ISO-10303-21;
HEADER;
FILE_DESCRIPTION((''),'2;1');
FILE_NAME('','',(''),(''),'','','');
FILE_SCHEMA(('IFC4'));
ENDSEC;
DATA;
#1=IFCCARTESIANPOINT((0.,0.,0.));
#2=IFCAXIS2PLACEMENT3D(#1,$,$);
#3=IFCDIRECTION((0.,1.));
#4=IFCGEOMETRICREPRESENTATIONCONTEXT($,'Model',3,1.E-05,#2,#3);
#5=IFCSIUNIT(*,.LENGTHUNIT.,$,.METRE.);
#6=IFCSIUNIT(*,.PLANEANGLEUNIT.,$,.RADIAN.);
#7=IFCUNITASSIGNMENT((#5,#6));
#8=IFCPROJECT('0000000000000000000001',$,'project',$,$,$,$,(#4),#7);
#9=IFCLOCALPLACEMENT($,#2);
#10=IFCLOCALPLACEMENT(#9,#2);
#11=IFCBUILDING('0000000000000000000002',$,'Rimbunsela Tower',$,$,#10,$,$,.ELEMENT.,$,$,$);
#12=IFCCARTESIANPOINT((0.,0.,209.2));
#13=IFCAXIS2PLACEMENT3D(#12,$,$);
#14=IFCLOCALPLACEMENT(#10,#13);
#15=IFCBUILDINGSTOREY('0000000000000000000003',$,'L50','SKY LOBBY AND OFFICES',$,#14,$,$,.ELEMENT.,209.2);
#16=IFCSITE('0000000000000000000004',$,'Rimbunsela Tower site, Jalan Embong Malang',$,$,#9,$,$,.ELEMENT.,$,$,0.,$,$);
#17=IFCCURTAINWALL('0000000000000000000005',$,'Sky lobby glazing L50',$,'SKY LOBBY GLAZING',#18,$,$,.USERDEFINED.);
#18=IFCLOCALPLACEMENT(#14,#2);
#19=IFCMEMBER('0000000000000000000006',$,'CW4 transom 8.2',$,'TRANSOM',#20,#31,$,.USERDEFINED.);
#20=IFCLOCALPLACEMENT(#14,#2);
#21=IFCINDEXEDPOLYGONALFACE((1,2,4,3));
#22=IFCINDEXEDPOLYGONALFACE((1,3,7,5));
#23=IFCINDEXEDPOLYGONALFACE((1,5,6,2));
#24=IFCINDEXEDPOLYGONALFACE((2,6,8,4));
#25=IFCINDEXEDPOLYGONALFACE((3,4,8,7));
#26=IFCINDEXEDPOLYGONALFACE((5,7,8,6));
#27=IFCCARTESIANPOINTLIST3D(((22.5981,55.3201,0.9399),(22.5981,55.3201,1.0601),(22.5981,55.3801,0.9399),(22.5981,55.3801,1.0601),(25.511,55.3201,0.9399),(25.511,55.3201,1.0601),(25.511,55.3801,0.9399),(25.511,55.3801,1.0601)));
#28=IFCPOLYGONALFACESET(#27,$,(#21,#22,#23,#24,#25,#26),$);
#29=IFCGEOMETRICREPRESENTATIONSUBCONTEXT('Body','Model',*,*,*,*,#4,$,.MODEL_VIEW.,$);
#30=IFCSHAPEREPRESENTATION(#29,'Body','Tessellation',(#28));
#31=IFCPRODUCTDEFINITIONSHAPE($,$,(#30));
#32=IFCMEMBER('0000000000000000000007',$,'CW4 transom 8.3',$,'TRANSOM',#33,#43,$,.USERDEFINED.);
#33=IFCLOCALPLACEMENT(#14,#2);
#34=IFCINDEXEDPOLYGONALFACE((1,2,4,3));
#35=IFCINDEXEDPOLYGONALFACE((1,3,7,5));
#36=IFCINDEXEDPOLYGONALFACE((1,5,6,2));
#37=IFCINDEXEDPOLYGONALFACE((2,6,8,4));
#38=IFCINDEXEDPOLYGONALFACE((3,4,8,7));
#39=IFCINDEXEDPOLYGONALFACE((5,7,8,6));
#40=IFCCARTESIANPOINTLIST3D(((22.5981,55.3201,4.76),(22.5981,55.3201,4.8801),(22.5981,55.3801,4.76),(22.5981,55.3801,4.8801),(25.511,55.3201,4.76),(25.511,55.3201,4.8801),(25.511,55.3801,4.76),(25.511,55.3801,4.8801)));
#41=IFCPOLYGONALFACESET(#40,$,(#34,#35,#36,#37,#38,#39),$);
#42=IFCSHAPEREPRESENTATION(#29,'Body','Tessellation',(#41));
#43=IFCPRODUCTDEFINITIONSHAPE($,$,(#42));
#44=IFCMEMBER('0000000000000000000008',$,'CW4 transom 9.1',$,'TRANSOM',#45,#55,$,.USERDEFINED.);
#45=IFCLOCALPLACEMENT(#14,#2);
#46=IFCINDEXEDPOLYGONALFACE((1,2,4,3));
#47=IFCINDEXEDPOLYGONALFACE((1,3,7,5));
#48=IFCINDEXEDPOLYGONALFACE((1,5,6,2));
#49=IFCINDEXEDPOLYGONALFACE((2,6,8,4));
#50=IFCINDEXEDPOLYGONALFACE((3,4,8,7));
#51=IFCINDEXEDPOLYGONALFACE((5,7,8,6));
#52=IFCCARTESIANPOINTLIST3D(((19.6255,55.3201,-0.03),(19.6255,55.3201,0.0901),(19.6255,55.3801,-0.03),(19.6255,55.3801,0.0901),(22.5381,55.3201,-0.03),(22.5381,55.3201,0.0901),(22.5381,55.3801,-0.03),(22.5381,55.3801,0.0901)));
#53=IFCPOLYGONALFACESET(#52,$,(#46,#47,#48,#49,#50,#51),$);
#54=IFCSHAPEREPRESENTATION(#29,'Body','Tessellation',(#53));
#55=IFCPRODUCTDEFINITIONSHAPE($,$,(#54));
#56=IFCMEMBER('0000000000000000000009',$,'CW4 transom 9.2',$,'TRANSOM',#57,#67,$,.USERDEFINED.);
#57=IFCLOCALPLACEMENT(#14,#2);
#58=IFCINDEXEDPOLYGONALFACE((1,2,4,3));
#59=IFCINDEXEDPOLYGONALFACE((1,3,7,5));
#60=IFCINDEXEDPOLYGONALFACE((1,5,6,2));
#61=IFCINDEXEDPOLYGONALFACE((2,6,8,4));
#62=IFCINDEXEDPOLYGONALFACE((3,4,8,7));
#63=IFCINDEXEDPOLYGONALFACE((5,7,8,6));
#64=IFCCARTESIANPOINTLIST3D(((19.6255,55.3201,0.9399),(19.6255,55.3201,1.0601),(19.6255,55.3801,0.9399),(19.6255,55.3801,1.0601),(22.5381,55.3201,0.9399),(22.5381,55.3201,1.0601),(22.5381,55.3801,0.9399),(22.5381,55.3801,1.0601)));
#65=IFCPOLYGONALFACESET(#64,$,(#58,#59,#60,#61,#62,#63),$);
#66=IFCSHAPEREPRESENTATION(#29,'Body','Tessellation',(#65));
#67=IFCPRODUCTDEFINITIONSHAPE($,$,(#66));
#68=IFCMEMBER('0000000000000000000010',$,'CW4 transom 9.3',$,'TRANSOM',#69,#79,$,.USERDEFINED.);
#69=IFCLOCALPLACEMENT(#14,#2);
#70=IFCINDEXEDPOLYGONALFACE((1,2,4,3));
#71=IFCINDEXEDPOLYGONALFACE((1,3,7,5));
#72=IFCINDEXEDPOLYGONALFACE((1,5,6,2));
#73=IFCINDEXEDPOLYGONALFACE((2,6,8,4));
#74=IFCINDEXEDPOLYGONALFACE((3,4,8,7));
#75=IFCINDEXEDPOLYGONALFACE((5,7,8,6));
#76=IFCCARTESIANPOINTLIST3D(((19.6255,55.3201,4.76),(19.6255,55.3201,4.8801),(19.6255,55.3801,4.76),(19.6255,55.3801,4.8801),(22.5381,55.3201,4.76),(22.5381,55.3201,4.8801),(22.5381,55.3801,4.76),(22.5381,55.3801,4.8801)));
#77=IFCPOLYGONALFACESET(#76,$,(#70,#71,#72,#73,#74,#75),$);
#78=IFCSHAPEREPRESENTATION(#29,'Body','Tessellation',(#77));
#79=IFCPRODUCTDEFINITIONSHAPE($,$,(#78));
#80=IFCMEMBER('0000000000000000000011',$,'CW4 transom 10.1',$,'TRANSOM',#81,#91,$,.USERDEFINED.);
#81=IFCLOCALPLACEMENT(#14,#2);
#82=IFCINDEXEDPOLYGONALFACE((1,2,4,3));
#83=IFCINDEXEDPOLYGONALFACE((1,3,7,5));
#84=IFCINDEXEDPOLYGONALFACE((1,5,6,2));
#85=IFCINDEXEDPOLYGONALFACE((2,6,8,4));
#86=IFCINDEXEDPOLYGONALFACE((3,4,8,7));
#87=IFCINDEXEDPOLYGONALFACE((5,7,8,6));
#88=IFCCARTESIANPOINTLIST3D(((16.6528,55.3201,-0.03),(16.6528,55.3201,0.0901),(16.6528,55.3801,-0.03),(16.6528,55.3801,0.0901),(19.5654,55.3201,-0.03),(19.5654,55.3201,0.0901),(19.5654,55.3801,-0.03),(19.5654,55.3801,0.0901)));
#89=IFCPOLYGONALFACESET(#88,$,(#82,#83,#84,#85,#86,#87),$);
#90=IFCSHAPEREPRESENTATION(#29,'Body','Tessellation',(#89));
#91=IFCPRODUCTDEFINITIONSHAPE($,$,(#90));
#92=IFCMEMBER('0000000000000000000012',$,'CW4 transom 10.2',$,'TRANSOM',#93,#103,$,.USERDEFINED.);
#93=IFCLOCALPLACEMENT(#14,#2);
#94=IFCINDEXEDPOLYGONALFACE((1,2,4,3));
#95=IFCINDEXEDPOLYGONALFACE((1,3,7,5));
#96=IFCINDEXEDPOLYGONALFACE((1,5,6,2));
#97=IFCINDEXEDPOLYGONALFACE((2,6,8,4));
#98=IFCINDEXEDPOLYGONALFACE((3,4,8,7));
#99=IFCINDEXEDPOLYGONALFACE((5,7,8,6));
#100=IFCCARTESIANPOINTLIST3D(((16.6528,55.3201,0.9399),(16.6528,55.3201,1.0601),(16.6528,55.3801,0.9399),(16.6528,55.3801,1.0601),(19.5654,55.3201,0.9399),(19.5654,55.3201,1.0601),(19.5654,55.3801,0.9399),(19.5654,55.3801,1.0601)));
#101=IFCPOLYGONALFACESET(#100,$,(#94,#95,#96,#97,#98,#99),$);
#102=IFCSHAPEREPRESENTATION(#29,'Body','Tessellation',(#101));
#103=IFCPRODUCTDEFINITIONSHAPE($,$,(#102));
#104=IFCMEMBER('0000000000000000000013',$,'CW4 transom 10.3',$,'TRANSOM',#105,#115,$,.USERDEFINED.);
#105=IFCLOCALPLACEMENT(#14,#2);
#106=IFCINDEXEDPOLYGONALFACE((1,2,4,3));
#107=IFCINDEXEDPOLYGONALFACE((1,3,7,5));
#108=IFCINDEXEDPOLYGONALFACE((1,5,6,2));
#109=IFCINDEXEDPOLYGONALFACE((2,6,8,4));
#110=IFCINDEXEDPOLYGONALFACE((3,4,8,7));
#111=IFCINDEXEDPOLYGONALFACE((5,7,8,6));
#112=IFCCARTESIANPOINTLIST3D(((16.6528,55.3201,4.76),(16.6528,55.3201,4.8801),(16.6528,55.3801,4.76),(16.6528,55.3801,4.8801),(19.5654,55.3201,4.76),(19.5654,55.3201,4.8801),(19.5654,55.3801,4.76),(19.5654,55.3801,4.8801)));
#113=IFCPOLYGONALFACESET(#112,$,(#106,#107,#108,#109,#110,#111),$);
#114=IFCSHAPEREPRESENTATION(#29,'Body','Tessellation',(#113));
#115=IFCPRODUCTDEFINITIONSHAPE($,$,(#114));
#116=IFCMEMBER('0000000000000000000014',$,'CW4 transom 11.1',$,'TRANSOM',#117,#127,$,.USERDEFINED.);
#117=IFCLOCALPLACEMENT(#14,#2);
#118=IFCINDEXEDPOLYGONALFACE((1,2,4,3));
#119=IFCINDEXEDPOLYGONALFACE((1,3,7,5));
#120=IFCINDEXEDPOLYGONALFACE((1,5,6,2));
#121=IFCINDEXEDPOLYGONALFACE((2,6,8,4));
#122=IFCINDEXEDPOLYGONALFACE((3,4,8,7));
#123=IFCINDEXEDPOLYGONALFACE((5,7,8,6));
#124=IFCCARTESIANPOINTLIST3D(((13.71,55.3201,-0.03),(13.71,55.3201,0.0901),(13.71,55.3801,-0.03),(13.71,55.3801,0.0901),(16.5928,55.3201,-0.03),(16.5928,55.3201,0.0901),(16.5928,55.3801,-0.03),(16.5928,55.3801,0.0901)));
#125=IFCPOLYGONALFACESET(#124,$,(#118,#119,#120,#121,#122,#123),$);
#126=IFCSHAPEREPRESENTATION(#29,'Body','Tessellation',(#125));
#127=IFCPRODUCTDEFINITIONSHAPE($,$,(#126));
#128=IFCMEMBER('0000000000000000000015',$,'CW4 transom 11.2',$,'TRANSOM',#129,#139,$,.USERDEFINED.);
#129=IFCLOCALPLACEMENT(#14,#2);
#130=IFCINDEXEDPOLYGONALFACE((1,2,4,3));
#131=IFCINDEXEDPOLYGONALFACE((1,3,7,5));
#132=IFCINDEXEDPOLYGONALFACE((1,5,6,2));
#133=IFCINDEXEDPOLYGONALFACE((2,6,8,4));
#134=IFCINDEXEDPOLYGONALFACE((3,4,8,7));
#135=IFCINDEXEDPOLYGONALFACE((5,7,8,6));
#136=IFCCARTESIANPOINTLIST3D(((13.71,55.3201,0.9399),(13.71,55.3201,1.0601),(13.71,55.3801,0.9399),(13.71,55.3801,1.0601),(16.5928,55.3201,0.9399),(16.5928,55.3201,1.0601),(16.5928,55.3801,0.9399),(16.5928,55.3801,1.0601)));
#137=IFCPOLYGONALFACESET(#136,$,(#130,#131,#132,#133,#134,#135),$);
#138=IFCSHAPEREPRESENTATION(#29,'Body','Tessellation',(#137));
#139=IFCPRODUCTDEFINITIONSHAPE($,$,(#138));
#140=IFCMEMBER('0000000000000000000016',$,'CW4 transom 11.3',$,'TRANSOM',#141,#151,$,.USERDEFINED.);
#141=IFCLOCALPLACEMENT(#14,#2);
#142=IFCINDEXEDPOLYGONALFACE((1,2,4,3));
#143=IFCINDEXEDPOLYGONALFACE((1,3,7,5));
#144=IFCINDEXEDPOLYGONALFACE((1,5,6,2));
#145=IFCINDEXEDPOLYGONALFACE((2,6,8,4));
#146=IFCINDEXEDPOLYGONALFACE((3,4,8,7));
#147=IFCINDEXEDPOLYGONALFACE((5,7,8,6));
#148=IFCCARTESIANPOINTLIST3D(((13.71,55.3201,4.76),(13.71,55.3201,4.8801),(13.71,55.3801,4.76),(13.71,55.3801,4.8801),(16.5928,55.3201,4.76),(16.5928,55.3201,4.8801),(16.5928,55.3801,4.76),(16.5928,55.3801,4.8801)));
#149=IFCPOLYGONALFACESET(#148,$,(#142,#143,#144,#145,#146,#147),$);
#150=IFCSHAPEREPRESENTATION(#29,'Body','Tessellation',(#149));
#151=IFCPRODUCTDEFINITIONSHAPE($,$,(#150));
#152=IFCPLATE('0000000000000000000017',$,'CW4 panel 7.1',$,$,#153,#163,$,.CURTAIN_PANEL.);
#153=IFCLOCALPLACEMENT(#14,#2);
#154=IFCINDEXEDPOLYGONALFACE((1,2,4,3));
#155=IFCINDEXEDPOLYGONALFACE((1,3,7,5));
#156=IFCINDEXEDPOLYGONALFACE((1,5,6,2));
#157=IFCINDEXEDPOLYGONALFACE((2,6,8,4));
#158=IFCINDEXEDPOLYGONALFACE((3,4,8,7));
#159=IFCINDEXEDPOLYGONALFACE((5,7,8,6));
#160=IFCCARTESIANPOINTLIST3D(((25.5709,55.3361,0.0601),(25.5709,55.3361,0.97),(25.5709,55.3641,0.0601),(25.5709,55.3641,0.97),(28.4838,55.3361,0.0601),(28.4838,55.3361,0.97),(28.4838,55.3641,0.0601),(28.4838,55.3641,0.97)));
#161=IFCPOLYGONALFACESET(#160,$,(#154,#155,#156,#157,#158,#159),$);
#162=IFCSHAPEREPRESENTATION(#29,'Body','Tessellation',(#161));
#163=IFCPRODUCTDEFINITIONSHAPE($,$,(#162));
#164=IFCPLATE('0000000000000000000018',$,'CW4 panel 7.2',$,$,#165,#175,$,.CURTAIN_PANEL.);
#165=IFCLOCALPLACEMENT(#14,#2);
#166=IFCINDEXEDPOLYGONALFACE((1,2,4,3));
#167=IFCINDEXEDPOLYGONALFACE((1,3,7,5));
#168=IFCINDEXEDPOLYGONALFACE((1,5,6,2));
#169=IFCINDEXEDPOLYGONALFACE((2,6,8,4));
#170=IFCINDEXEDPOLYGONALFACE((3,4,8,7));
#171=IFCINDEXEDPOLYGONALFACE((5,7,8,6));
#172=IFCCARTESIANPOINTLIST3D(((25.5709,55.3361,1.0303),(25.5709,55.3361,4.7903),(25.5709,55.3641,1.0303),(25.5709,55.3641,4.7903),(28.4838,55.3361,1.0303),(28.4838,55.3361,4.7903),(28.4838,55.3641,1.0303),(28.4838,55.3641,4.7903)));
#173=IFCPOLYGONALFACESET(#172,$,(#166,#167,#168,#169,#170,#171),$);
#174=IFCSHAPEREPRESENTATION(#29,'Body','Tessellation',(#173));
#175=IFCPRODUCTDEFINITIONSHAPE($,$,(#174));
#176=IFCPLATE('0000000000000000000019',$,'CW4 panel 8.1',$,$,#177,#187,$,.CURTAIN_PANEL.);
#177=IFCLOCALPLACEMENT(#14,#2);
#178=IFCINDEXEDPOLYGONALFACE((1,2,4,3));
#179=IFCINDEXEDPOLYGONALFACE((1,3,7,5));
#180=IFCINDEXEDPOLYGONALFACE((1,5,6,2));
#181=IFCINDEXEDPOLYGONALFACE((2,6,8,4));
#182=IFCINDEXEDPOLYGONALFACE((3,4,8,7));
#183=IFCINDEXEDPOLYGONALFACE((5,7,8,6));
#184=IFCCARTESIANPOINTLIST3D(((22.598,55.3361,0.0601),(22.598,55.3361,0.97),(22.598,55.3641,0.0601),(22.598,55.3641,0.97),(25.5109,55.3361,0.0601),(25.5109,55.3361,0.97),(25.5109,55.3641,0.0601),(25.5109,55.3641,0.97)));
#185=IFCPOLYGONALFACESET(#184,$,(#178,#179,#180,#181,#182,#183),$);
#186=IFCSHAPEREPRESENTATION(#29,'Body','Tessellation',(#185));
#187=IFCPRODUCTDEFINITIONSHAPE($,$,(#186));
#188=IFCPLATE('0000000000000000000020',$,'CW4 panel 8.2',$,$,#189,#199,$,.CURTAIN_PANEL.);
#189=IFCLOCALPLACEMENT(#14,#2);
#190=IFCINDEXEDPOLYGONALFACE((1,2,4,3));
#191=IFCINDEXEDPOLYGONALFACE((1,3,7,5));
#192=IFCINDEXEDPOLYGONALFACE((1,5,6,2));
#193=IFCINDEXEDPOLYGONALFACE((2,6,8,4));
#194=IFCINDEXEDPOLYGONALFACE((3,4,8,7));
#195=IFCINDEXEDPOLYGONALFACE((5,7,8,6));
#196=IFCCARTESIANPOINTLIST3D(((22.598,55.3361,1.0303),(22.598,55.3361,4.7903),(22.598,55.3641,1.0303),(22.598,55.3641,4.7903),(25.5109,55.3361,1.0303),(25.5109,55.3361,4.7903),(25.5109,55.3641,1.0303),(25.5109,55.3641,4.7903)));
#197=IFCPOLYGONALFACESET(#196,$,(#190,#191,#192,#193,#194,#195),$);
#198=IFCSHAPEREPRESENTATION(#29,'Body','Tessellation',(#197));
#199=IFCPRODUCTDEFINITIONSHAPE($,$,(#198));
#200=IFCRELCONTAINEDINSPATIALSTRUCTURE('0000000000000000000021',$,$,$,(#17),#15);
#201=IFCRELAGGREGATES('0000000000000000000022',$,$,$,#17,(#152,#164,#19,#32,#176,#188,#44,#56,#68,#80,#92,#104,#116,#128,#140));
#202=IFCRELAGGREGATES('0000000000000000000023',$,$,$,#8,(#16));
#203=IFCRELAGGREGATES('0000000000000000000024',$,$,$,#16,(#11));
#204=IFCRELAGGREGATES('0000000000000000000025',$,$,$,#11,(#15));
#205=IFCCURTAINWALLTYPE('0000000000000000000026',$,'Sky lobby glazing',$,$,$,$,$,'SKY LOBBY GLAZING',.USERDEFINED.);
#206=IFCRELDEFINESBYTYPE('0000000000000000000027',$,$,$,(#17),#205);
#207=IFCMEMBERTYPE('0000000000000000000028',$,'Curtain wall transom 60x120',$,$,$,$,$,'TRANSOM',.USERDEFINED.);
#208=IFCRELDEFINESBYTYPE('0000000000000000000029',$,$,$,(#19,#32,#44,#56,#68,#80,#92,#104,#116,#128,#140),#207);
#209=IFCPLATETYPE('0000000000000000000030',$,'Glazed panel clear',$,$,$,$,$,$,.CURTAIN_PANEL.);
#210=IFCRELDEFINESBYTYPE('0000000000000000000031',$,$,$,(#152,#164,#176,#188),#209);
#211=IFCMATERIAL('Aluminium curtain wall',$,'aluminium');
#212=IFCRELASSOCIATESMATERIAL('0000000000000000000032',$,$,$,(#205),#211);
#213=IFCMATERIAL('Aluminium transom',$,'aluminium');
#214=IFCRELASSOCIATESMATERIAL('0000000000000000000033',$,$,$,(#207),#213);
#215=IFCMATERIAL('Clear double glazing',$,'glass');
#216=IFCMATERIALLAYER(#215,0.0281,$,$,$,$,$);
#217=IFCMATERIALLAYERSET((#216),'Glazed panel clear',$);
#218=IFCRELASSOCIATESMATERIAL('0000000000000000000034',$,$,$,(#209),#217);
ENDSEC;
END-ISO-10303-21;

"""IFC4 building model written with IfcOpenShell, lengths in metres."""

from ifc_helpers import new_model, si_unit, direction, frame, origin, origin_2d, place, context, subcontext, project, spatial, rectangle, extrude, material, layer, layer_set, material_profile, profile_set, type_object, element, aggregate, save


model = new_model("IFC4")

# Units and contexts
model_context = context("Model", 3, precision=1e-05, world=origin(), true_north=direction((0.0, 1.0)))
body_context = subcontext(model_context, "Body", "Model", "MODEL_VIEW")
ifc_project = project(units=[si_unit("LENGTHUNIT", "METRE"), si_unit("PLANEANGLEUNIT", "RADIAN")], contexts=[model_context])

# Site, building, storey
site_placement = place(None, origin())
site = spatial("IfcSite", under=ifc_project, at=site_placement, Name="Rimbunsela Tower site, Jalan Embong Malang", CompositionType="ELEMENT", RefElevation=0.0)
building_placement = place(site_placement, origin())
building = spatial("IfcBuilding", under=site, at=building_placement, Name="Rimbunsela Tower", CompositionType="ELEMENT")
storey_placement = place(building_placement, frame((0.0, 0.0, 209.2)))
storey = spatial("IfcBuildingStorey", under=building, at=storey_placement, Name="L50", Description="SKY LOBBY AND OFFICES", CompositionType="ELEMENT", Elevation=209.2)

# Curtain wall, members, plates
ifc_material_1 = material(Name="Aluminium curtain wall", Category="aluminium")
curtain_wall_type = type_object("IfcCurtainWallType", Name="Sky lobby glazing", ElementType="SKY LOBBY GLAZING", PredefinedType="USERDEFINED", material=ifc_material_1)
curtain_wall_placement = place(storey_placement, origin())
curtain_wall = element("IfcCurtainWall", 1, at=curtain_wall_placement, inside=storey, type_object=curtain_wall_type, Name="Sky lobby glazing L50", ObjectType="SKY LOBBY GLAZING", PredefinedType="USERDEFINED")
ifc_material_2 = material(Name="Aluminium transom", Category="aluminium")
ifc_material_profile_1 = material_profile(ifc_material_2, rectangle(XDim=0.0601, YDim=0.1201, at=origin_2d()), Name="Transom 60x120")
ifc_profile_set_1 = profile_set([ifc_material_profile_1], Name="Aluminium transom")
member_type_1 = type_object("IfcMemberType", Name="Curtain wall transom 60x120", ElementType="TRANSOM", PredefinedType="USERDEFINED", material=ifc_profile_set_1)
member_1_placement = place(storey_placement, frame((25.511, 55.3501, 1.0), z_axis=(-1.0, 0.0, 0.0), x_axis=(0.0, -1.0, 0.0)))
member_1 = element("IfcMember", 2, at=member_1_placement, type_object=member_type_1, Name="CW4 transom 8.2", ObjectType="TRANSOM", PredefinedType="USERDEFINED", context=body_context, shape_type="SweptSolid", body=[
    extrude(rectangle(XDim=0.0601, YDim=0.1201, at=origin_2d()), origin(), (0.0, 0.0, 1.0), 2.9128),
])
member_2_placement = place(storey_placement, frame((25.511, 55.3501, 4.8201), z_axis=(-1.0, 0.0, 0.0), x_axis=(0.0, -1.0, 0.0)))
member_2 = element("IfcMember", 3, at=member_2_placement, type_object=member_type_1, Name="CW4 transom 8.3", ObjectType="TRANSOM", PredefinedType="USERDEFINED", context=body_context, shape_type="SweptSolid", body=[
    extrude(rectangle(XDim=0.0601, YDim=0.1201, at=origin_2d()), origin(), (0.0, 0.0, 1.0), 2.9128),
])
member_3_placement = place(storey_placement, frame((22.5381, 55.3501, 0.03), z_axis=(-1.0, 0.0, 0.0), x_axis=(0.0, -1.0, 0.0)))
member_3 = element("IfcMember", 4, at=member_3_placement, type_object=member_type_1, Name="CW4 transom 9.1", ObjectType="TRANSOM", PredefinedType="USERDEFINED", context=body_context, shape_type="SweptSolid", body=[
    extrude(rectangle(XDim=0.0601, YDim=0.1201, at=origin_2d()), origin(), (0.0, 0.0, 1.0), 2.9126),
])
member_4_placement = place(storey_placement, frame((22.5381, 55.3501, 1.0), z_axis=(-1.0, 0.0, 0.0), x_axis=(0.0, -1.0, 0.0)))
member_4 = element("IfcMember", 5, at=member_4_placement, type_object=member_type_1, Name="CW4 transom 9.2", ObjectType="TRANSOM", PredefinedType="USERDEFINED", context=body_context, shape_type="SweptSolid", body=[
    extrude(rectangle(XDim=0.0601, YDim=0.1201, at=origin_2d()), origin(), (0.0, 0.0, 1.0), 2.9126),
])
member_5_placement = place(storey_placement, frame((22.5381, 55.3501, 4.8201), z_axis=(-1.0, 0.0, 0.0), x_axis=(0.0, -1.0, 0.0)))
member_5 = element("IfcMember", 6, at=member_5_placement, type_object=member_type_1, Name="CW4 transom 9.3", ObjectType="TRANSOM", PredefinedType="USERDEFINED", context=body_context, shape_type="SweptSolid", body=[
    extrude(rectangle(XDim=0.0601, YDim=0.1201, at=origin_2d()), origin(), (0.0, 0.0, 1.0), 2.9126),
])
member_6_placement = place(storey_placement, frame((19.5654, 55.3501, 0.03), z_axis=(-1.0, 0.0, 0.0), x_axis=(0.0, -1.0, 0.0)))
member_6 = element("IfcMember", 7, at=member_6_placement, type_object=member_type_1, Name="CW4 transom 10.1", ObjectType="TRANSOM", PredefinedType="USERDEFINED", context=body_context, shape_type="SweptSolid", body=[
    extrude(rectangle(XDim=0.0601, YDim=0.1201, at=origin_2d()), origin(), (0.0, 0.0, 1.0), 2.9126),
])
member_7_placement = place(storey_placement, frame((19.5654, 55.3501, 1.0), z_axis=(-1.0, 0.0, 0.0), x_axis=(0.0, -1.0, 0.0)))
member_7 = element("IfcMember", 8, at=member_7_placement, type_object=member_type_1, Name="CW4 transom 10.2", ObjectType="TRANSOM", PredefinedType="USERDEFINED", context=body_context, shape_type="SweptSolid", body=[
    extrude(rectangle(XDim=0.0601, YDim=0.1201, at=origin_2d()), origin(), (0.0, 0.0, 1.0), 2.9126),
])
member_8_placement = place(storey_placement, frame((19.5654, 55.3501, 4.8201), z_axis=(-1.0, 0.0, 0.0), x_axis=(0.0, -1.0, 0.0)))
member_8 = element("IfcMember", 9, at=member_8_placement, type_object=member_type_1, Name="CW4 transom 10.3", ObjectType="TRANSOM", PredefinedType="USERDEFINED", context=body_context, shape_type="SweptSolid", body=[
    extrude(rectangle(XDim=0.0601, YDim=0.1201, at=origin_2d()), origin(), (0.0, 0.0, 1.0), 2.9126),
])
member_9_placement = place(storey_placement, frame((16.5928, 55.3501, 0.03), z_axis=(-1.0, 0.0, 0.0), x_axis=(0.0, -1.0, 0.0)))
member_9 = element("IfcMember", 10, at=member_9_placement, type_object=member_type_1, Name="CW4 transom 11.1", ObjectType="TRANSOM", PredefinedType="USERDEFINED", context=body_context, shape_type="SweptSolid", body=[
    extrude(rectangle(XDim=0.0601, YDim=0.1201, at=origin_2d()), origin(), (0.0, 0.0, 1.0), 2.8828),
])
member_10_placement = place(storey_placement, frame((16.5928, 55.3501, 1.0), z_axis=(-1.0, 0.0, 0.0), x_axis=(0.0, -1.0, 0.0)))
member_10 = element("IfcMember", 11, at=member_10_placement, type_object=member_type_1, Name="CW4 transom 11.2", ObjectType="TRANSOM", PredefinedType="USERDEFINED", context=body_context, shape_type="SweptSolid", body=[
    extrude(rectangle(XDim=0.0601, YDim=0.1201, at=origin_2d()), origin(), (0.0, 0.0, 1.0), 2.8828),
])
member_11_placement = place(storey_placement, frame((16.5928, 55.3501, 4.8201), z_axis=(-1.0, 0.0, 0.0), x_axis=(0.0, -1.0, 0.0)))
member_11 = element("IfcMember", 12, at=member_11_placement, type_object=member_type_1, Name="CW4 transom 11.3", ObjectType="TRANSOM", PredefinedType="USERDEFINED", context=body_context, shape_type="SweptSolid", body=[
    extrude(rectangle(XDim=0.0601, YDim=0.1201, at=origin_2d()), origin(), (0.0, 0.0, 1.0), 2.8828),
])
ifc_material_3 = material(Name="Clear double glazing", Category="glass")
ifc_layer = layer(ifc_material_3, 0.0281)
ifc_layer_set = layer_set([ifc_layer], Name="Glazed panel clear")
plate_type = type_object("IfcPlateType", Name="Glazed panel clear", PredefinedType="CURTAIN_PANEL", material=ifc_layer_set)
plate_1_placement = place(storey_placement, frame((27.0273, 55.3501, 0.0601), z_axis=(0.0, 0.0, 1.0), x_axis=(-1.0, 0.0, 0.0)))
plate_1 = element("IfcPlate", 13, at=plate_1_placement, type_object=plate_type, Name="CW4 panel 7.1", PredefinedType="CURTAIN_PANEL", context=body_context, shape_type="SweptSolid", body=[
    extrude(rectangle(XDim=2.9128, YDim=0.0281, at=origin_2d()), origin(), (0.0, 0.0, 1.0), 0.9099),
])
plate_2_placement = place(storey_placement, frame((27.0273, 55.3501, 1.0303), z_axis=(0.0, 0.0, 1.0), x_axis=(-1.0, 0.0, 0.0)))
plate_2 = element("IfcPlate", 14, at=plate_2_placement, type_object=plate_type, Name="CW4 panel 7.2", PredefinedType="CURTAIN_PANEL", context=body_context, shape_type="SweptSolid", body=[
    extrude(rectangle(XDim=2.9128, YDim=0.0281, at=origin_2d()), origin(), (0.0, 0.0, 1.0), 3.76),
])
plate_3_placement = place(storey_placement, frame((24.0544, 55.3501, 0.0601), z_axis=(0.0, 0.0, 1.0), x_axis=(-1.0, 0.0, 0.0)))
plate_3 = element("IfcPlate", 15, at=plate_3_placement, type_object=plate_type, Name="CW4 panel 8.1", PredefinedType="CURTAIN_PANEL", context=body_context, shape_type="SweptSolid", body=[
    extrude(rectangle(XDim=2.9128, YDim=0.0281, at=origin_2d()), origin(), (0.0, 0.0, 1.0), 0.9099),
])
plate_4_placement = place(storey_placement, frame((24.0544, 55.3501, 1.0303), z_axis=(0.0, 0.0, 1.0), x_axis=(-1.0, 0.0, 0.0)))
plate_4 = element("IfcPlate", 16, at=plate_4_placement, type_object=plate_type, Name="CW4 panel 8.2", PredefinedType="CURTAIN_PANEL", context=body_context, shape_type="SweptSolid", body=[
    extrude(rectangle(XDim=2.9128, YDim=0.0281, at=origin_2d()), origin(), (0.0, 0.0, 1.0), 3.76),
])
aggregate(curtain_wall, [plate_1, plate_2, member_1, member_2, plate_3, plate_4, member_3, member_4, member_5, member_6, member_7, member_8, member_9, member_10, member_11])

save(model, "model.ifc")
